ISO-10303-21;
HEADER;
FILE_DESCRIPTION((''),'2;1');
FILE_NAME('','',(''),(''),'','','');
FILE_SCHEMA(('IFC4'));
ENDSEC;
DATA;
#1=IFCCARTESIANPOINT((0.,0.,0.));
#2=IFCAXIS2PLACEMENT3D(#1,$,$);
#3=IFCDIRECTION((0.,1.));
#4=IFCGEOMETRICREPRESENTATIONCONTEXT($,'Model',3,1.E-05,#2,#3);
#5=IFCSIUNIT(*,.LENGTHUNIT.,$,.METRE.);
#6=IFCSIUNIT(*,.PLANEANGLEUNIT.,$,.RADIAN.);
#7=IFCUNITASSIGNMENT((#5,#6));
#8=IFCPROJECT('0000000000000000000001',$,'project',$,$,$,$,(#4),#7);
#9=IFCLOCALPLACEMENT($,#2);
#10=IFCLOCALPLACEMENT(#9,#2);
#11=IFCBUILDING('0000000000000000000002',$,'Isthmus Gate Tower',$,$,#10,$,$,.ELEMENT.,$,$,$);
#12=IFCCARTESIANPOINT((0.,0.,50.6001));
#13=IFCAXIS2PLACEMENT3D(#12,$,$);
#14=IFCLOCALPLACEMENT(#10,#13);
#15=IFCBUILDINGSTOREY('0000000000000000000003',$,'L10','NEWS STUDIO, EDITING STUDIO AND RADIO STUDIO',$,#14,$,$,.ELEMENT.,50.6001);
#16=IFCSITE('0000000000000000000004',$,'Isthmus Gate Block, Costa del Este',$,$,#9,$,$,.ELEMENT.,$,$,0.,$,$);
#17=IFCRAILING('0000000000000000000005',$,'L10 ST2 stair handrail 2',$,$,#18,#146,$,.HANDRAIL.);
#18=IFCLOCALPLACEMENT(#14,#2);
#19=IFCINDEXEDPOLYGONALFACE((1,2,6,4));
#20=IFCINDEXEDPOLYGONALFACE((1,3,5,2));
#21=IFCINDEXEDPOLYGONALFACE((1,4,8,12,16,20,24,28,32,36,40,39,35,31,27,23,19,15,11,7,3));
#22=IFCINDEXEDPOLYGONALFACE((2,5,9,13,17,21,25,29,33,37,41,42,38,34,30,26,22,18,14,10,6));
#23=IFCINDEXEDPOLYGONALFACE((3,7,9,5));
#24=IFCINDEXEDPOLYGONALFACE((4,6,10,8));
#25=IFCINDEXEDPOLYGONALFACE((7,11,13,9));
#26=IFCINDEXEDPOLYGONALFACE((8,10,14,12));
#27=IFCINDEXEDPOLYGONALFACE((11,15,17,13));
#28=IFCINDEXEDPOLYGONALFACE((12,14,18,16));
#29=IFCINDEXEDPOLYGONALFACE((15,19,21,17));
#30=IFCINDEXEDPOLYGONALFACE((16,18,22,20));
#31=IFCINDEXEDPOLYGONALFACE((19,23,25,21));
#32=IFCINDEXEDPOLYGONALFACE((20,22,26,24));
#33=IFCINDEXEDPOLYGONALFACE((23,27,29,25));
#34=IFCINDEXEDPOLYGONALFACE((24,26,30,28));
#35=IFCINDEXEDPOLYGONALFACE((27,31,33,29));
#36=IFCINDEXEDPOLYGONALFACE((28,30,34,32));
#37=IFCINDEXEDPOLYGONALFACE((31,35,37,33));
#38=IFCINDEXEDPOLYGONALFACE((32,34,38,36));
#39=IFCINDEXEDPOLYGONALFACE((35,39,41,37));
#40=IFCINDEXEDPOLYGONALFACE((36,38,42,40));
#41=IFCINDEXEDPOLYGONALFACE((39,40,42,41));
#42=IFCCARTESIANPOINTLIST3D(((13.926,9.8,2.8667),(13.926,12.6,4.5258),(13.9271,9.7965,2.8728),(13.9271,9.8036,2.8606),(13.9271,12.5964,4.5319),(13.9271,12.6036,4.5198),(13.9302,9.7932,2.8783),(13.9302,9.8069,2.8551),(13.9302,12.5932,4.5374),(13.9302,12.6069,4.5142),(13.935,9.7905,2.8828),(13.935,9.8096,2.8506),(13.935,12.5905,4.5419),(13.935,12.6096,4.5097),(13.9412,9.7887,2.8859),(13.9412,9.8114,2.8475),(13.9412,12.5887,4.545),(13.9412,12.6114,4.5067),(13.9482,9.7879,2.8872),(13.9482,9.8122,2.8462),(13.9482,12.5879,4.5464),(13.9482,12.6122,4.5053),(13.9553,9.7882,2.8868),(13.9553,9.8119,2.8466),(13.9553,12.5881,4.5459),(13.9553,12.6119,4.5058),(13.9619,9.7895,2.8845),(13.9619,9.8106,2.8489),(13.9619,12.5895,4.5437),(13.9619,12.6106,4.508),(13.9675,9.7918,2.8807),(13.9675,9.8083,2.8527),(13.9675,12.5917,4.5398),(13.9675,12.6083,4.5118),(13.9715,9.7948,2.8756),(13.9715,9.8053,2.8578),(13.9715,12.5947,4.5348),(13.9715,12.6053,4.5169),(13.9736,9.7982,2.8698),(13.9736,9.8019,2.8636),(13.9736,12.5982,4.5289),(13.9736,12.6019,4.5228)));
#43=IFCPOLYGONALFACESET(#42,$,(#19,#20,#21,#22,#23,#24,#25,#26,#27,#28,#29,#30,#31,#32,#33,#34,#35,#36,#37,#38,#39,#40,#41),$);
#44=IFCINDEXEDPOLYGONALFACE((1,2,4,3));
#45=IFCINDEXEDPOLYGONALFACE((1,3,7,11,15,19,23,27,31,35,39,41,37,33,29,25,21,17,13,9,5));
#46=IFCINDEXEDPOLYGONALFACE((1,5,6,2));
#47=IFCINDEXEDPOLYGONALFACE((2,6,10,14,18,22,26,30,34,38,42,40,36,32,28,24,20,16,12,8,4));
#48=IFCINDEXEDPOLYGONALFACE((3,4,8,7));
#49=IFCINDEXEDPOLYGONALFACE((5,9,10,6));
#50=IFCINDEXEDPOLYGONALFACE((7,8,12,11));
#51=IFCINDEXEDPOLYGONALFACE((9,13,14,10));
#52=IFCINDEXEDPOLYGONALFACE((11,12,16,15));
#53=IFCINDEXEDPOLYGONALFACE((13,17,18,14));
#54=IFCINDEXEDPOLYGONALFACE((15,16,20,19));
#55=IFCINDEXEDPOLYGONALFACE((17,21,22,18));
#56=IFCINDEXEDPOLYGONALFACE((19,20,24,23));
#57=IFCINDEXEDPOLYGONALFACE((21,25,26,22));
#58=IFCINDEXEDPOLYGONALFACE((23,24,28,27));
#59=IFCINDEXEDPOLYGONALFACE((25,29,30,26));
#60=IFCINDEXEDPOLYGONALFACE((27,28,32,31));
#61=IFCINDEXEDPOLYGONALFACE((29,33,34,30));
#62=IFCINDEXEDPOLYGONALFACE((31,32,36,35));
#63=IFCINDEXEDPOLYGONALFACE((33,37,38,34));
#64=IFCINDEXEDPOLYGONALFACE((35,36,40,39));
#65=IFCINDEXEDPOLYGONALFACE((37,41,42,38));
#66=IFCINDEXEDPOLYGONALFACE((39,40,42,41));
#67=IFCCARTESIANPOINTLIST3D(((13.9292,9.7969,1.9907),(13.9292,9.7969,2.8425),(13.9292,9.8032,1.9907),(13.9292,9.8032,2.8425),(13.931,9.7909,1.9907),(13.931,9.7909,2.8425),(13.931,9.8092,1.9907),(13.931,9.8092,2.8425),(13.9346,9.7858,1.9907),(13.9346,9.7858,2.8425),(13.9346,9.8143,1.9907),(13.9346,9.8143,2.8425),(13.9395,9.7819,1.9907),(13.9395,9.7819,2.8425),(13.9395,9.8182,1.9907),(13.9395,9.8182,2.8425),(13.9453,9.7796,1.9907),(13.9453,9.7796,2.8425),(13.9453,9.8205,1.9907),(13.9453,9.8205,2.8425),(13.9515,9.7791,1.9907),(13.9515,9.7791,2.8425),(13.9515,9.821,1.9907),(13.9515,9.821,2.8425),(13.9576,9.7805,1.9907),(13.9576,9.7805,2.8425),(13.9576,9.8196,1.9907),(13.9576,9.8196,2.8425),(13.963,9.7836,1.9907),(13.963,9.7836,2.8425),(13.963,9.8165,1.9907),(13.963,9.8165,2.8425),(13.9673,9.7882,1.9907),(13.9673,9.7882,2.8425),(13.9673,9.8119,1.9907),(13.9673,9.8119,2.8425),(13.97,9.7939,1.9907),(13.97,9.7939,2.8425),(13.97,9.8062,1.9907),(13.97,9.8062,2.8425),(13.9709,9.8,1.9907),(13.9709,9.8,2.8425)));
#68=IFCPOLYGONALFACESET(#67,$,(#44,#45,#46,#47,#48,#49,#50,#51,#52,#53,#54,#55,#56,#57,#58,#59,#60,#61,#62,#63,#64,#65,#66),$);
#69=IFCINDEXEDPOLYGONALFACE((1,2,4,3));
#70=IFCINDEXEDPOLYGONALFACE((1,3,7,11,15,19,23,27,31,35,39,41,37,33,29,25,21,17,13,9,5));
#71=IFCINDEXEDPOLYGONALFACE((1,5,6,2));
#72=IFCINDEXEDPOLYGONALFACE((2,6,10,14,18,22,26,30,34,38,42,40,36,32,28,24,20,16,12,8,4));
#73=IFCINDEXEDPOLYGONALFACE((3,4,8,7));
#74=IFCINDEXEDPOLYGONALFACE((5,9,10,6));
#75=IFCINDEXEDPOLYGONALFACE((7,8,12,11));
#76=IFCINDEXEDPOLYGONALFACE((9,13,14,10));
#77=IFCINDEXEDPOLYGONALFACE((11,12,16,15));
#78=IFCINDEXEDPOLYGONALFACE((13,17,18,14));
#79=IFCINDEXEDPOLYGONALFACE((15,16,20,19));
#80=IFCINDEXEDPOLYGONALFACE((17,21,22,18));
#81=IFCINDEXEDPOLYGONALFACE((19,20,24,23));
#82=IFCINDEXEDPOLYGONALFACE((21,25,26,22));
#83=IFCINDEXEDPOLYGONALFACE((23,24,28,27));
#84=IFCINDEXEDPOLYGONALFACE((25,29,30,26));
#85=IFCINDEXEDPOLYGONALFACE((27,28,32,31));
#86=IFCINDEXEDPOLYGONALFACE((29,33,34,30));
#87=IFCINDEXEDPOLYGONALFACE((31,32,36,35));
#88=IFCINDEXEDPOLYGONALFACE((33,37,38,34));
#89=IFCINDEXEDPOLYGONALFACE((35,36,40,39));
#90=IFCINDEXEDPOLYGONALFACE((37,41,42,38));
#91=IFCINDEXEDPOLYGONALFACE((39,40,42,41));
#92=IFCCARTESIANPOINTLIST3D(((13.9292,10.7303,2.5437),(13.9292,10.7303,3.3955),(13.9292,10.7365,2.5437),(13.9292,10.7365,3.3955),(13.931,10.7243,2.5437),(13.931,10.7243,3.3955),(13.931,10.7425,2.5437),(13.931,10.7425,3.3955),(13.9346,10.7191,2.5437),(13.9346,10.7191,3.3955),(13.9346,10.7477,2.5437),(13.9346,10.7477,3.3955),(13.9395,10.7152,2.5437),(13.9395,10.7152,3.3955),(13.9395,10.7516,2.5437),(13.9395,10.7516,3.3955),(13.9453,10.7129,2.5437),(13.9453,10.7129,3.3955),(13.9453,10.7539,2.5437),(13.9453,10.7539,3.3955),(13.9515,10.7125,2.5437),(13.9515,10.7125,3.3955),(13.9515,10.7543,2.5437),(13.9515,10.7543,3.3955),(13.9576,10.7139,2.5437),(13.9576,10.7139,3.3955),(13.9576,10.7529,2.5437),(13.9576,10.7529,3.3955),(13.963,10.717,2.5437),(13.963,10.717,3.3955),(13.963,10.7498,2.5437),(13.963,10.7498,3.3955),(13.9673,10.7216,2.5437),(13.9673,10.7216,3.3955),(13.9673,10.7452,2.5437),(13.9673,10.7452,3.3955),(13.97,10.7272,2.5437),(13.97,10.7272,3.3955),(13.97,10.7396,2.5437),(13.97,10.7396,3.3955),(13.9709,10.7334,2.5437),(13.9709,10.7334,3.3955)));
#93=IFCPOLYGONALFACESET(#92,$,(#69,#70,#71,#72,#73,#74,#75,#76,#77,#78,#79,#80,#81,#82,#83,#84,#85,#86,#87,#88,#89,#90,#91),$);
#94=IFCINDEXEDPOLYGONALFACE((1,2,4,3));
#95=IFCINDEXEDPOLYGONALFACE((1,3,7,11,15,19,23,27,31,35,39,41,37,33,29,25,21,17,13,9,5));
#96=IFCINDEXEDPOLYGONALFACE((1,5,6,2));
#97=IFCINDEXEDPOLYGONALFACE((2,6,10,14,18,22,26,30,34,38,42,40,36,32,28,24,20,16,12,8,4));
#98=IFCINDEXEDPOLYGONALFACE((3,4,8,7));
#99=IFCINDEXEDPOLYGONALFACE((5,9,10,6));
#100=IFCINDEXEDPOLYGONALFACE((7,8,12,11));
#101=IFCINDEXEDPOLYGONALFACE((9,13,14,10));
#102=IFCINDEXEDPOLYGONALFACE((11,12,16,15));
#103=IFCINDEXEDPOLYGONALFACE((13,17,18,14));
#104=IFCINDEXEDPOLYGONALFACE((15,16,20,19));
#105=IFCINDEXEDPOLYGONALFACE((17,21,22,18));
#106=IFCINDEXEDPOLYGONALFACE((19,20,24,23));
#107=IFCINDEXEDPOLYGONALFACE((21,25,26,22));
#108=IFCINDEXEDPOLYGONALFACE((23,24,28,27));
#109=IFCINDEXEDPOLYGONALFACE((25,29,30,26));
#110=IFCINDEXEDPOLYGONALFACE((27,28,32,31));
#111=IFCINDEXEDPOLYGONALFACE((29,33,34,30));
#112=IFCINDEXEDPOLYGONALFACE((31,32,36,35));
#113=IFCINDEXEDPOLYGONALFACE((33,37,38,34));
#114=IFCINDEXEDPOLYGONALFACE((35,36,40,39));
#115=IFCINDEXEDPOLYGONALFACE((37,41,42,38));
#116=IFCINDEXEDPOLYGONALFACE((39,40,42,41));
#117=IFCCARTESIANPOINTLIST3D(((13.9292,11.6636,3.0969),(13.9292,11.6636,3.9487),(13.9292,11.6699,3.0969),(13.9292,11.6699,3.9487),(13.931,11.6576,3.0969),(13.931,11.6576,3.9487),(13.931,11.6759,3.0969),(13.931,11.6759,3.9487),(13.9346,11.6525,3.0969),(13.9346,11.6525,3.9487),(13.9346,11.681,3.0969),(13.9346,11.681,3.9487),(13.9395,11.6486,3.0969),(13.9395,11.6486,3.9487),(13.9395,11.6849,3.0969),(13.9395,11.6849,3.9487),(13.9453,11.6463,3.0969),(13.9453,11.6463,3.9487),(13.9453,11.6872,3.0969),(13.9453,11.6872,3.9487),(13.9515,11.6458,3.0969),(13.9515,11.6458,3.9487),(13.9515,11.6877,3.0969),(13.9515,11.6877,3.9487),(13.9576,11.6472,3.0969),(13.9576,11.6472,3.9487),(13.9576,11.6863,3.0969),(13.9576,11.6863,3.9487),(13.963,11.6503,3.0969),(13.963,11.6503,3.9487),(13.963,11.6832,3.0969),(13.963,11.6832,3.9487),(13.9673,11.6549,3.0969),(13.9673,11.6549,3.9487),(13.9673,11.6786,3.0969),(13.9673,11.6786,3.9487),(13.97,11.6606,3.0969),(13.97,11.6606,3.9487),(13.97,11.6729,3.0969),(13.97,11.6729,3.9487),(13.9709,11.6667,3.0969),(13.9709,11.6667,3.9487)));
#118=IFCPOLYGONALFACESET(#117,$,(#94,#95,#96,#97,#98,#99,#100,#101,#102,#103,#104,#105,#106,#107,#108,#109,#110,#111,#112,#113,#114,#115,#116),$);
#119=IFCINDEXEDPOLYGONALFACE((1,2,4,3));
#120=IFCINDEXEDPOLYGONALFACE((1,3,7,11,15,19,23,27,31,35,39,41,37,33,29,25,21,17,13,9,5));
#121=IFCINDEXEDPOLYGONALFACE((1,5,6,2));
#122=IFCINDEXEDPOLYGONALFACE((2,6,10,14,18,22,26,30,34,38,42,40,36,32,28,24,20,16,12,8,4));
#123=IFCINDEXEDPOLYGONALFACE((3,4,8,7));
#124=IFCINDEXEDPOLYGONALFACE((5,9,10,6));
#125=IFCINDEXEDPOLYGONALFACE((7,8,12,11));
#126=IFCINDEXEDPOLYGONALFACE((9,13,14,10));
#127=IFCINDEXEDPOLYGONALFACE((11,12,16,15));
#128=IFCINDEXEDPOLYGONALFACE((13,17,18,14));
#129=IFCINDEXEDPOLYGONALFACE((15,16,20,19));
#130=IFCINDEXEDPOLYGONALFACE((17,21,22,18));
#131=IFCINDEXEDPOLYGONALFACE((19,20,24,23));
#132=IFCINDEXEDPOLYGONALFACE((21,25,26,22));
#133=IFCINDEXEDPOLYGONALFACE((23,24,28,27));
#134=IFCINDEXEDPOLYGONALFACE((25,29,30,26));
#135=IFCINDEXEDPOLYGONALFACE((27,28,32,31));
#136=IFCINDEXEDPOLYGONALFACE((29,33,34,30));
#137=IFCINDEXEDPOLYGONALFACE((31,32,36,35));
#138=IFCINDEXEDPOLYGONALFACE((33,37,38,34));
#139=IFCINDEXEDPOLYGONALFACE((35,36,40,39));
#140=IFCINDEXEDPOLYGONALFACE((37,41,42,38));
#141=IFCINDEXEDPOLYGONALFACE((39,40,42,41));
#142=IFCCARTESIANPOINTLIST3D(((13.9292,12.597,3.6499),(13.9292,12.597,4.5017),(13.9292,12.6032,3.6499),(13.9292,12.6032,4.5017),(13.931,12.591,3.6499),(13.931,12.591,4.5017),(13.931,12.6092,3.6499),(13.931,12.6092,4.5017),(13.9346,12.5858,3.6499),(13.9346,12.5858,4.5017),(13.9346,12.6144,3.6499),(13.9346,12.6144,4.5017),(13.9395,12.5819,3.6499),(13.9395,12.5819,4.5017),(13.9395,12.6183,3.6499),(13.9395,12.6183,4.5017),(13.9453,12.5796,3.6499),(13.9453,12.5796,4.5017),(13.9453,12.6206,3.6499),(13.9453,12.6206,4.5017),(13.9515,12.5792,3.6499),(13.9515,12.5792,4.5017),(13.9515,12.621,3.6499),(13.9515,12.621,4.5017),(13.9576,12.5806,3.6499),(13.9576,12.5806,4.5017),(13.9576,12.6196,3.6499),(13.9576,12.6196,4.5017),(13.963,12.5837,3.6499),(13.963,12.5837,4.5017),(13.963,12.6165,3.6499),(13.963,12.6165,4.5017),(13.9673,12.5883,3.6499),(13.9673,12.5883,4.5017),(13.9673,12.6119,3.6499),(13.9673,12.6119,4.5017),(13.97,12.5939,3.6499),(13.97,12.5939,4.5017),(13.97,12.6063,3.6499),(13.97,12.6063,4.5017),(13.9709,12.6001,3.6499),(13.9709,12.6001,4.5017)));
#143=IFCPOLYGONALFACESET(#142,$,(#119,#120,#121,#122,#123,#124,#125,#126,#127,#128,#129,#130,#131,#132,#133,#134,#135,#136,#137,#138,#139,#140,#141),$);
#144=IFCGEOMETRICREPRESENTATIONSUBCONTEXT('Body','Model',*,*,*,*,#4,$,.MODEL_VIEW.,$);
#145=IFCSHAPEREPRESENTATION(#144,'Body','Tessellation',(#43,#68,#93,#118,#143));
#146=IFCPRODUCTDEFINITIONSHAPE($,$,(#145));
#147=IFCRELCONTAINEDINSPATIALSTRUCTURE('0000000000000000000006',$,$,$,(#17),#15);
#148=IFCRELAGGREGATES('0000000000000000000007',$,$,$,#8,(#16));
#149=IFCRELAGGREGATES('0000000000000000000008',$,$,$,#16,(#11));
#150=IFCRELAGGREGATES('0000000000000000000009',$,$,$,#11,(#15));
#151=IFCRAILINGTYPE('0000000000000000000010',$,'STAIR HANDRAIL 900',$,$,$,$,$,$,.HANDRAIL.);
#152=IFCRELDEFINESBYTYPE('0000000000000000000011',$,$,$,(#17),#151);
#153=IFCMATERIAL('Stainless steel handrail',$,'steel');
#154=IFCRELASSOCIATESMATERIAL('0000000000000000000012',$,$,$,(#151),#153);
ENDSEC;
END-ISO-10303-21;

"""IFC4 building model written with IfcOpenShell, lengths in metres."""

from ifc_helpers import new_model, si_unit, direction, frame, origin, origin_2d, place, context, subcontext, project, spatial, circle, extrude, material, type_object, element, save


model = new_model("IFC4")

# Units and contexts
model_context = context("Model", 3, precision=1e-05, world=origin(), true_north=direction((0.0, 1.0)))
body_context = subcontext(model_context, "Body", "Model", "MODEL_VIEW")
ifc_project = project(units=[si_unit("LENGTHUNIT", "METRE"), si_unit("PLANEANGLEUNIT", "RADIAN")], contexts=[model_context])

# Site, building, storey
site_placement = place(None, origin())
site = spatial("IfcSite", under=ifc_project, at=site_placement, Name="Isthmus Gate Block, Costa del Este", CompositionType="ELEMENT", RefElevation=0.0)
building_placement = place(site_placement, origin())
building = spatial("IfcBuilding", under=site, at=building_placement, Name="Isthmus Gate Tower", CompositionType="ELEMENT")
storey_placement = place(building_placement, frame((0.0, 0.0, 50.6001)))
storey = spatial("IfcBuildingStorey", under=building, at=storey_placement, Name="L10", Description="NEWS STUDIO, EDITING STUDIO AND RADIO STUDIO", CompositionType="ELEMENT", Elevation=50.6001)

# Railing
ifc_material_1 = material(Name="Stainless steel handrail", Category="steel")
railing_type = type_object("IfcRailingType", Name="STAIR HANDRAIL 900", PredefinedType="HANDRAIL", material=ifc_material_1)
railing_placement = place(storey_placement, frame((13.95, 9.8, 1.9907)))
element("IfcRailing", 1, at=railing_placement, inside=storey, type_object=railing_type, Name="L10 ST2 stair handrail 2", PredefinedType="HANDRAIL", context=body_context, shape_type="SweptSolid", body=[
    extrude(circle(Radius=0.0239, at=origin_2d()), frame((0.0, 0.0, 0.876), z_axis=(0.0, 0.860306, 0.509778), x_axis=(-1.0, 0.0, 0.0)), (0.0, 0.0, 1.0), 3.2546),
    extrude(circle(Radius=0.021, at=origin_2d()), origin(), (0.0, 0.0, 1.0), 0.8518),
    extrude(circle(Radius=0.021, at=origin_2d()), frame((0.0, 0.9333, 0.553)), (0.0, 0.0, 1.0), 0.8518),
    extrude(circle(Radius=0.021, at=origin_2d()), frame((0.0, 1.8667, 1.1062)), (0.0, 0.0, 1.0), 0.8518),
    extrude(circle(Radius=0.021, at=origin_2d()), frame((0.0, 2.8, 1.6592)), (0.0, 0.0, 1.0), 0.8518),
])

save(model, "model.ifc")
